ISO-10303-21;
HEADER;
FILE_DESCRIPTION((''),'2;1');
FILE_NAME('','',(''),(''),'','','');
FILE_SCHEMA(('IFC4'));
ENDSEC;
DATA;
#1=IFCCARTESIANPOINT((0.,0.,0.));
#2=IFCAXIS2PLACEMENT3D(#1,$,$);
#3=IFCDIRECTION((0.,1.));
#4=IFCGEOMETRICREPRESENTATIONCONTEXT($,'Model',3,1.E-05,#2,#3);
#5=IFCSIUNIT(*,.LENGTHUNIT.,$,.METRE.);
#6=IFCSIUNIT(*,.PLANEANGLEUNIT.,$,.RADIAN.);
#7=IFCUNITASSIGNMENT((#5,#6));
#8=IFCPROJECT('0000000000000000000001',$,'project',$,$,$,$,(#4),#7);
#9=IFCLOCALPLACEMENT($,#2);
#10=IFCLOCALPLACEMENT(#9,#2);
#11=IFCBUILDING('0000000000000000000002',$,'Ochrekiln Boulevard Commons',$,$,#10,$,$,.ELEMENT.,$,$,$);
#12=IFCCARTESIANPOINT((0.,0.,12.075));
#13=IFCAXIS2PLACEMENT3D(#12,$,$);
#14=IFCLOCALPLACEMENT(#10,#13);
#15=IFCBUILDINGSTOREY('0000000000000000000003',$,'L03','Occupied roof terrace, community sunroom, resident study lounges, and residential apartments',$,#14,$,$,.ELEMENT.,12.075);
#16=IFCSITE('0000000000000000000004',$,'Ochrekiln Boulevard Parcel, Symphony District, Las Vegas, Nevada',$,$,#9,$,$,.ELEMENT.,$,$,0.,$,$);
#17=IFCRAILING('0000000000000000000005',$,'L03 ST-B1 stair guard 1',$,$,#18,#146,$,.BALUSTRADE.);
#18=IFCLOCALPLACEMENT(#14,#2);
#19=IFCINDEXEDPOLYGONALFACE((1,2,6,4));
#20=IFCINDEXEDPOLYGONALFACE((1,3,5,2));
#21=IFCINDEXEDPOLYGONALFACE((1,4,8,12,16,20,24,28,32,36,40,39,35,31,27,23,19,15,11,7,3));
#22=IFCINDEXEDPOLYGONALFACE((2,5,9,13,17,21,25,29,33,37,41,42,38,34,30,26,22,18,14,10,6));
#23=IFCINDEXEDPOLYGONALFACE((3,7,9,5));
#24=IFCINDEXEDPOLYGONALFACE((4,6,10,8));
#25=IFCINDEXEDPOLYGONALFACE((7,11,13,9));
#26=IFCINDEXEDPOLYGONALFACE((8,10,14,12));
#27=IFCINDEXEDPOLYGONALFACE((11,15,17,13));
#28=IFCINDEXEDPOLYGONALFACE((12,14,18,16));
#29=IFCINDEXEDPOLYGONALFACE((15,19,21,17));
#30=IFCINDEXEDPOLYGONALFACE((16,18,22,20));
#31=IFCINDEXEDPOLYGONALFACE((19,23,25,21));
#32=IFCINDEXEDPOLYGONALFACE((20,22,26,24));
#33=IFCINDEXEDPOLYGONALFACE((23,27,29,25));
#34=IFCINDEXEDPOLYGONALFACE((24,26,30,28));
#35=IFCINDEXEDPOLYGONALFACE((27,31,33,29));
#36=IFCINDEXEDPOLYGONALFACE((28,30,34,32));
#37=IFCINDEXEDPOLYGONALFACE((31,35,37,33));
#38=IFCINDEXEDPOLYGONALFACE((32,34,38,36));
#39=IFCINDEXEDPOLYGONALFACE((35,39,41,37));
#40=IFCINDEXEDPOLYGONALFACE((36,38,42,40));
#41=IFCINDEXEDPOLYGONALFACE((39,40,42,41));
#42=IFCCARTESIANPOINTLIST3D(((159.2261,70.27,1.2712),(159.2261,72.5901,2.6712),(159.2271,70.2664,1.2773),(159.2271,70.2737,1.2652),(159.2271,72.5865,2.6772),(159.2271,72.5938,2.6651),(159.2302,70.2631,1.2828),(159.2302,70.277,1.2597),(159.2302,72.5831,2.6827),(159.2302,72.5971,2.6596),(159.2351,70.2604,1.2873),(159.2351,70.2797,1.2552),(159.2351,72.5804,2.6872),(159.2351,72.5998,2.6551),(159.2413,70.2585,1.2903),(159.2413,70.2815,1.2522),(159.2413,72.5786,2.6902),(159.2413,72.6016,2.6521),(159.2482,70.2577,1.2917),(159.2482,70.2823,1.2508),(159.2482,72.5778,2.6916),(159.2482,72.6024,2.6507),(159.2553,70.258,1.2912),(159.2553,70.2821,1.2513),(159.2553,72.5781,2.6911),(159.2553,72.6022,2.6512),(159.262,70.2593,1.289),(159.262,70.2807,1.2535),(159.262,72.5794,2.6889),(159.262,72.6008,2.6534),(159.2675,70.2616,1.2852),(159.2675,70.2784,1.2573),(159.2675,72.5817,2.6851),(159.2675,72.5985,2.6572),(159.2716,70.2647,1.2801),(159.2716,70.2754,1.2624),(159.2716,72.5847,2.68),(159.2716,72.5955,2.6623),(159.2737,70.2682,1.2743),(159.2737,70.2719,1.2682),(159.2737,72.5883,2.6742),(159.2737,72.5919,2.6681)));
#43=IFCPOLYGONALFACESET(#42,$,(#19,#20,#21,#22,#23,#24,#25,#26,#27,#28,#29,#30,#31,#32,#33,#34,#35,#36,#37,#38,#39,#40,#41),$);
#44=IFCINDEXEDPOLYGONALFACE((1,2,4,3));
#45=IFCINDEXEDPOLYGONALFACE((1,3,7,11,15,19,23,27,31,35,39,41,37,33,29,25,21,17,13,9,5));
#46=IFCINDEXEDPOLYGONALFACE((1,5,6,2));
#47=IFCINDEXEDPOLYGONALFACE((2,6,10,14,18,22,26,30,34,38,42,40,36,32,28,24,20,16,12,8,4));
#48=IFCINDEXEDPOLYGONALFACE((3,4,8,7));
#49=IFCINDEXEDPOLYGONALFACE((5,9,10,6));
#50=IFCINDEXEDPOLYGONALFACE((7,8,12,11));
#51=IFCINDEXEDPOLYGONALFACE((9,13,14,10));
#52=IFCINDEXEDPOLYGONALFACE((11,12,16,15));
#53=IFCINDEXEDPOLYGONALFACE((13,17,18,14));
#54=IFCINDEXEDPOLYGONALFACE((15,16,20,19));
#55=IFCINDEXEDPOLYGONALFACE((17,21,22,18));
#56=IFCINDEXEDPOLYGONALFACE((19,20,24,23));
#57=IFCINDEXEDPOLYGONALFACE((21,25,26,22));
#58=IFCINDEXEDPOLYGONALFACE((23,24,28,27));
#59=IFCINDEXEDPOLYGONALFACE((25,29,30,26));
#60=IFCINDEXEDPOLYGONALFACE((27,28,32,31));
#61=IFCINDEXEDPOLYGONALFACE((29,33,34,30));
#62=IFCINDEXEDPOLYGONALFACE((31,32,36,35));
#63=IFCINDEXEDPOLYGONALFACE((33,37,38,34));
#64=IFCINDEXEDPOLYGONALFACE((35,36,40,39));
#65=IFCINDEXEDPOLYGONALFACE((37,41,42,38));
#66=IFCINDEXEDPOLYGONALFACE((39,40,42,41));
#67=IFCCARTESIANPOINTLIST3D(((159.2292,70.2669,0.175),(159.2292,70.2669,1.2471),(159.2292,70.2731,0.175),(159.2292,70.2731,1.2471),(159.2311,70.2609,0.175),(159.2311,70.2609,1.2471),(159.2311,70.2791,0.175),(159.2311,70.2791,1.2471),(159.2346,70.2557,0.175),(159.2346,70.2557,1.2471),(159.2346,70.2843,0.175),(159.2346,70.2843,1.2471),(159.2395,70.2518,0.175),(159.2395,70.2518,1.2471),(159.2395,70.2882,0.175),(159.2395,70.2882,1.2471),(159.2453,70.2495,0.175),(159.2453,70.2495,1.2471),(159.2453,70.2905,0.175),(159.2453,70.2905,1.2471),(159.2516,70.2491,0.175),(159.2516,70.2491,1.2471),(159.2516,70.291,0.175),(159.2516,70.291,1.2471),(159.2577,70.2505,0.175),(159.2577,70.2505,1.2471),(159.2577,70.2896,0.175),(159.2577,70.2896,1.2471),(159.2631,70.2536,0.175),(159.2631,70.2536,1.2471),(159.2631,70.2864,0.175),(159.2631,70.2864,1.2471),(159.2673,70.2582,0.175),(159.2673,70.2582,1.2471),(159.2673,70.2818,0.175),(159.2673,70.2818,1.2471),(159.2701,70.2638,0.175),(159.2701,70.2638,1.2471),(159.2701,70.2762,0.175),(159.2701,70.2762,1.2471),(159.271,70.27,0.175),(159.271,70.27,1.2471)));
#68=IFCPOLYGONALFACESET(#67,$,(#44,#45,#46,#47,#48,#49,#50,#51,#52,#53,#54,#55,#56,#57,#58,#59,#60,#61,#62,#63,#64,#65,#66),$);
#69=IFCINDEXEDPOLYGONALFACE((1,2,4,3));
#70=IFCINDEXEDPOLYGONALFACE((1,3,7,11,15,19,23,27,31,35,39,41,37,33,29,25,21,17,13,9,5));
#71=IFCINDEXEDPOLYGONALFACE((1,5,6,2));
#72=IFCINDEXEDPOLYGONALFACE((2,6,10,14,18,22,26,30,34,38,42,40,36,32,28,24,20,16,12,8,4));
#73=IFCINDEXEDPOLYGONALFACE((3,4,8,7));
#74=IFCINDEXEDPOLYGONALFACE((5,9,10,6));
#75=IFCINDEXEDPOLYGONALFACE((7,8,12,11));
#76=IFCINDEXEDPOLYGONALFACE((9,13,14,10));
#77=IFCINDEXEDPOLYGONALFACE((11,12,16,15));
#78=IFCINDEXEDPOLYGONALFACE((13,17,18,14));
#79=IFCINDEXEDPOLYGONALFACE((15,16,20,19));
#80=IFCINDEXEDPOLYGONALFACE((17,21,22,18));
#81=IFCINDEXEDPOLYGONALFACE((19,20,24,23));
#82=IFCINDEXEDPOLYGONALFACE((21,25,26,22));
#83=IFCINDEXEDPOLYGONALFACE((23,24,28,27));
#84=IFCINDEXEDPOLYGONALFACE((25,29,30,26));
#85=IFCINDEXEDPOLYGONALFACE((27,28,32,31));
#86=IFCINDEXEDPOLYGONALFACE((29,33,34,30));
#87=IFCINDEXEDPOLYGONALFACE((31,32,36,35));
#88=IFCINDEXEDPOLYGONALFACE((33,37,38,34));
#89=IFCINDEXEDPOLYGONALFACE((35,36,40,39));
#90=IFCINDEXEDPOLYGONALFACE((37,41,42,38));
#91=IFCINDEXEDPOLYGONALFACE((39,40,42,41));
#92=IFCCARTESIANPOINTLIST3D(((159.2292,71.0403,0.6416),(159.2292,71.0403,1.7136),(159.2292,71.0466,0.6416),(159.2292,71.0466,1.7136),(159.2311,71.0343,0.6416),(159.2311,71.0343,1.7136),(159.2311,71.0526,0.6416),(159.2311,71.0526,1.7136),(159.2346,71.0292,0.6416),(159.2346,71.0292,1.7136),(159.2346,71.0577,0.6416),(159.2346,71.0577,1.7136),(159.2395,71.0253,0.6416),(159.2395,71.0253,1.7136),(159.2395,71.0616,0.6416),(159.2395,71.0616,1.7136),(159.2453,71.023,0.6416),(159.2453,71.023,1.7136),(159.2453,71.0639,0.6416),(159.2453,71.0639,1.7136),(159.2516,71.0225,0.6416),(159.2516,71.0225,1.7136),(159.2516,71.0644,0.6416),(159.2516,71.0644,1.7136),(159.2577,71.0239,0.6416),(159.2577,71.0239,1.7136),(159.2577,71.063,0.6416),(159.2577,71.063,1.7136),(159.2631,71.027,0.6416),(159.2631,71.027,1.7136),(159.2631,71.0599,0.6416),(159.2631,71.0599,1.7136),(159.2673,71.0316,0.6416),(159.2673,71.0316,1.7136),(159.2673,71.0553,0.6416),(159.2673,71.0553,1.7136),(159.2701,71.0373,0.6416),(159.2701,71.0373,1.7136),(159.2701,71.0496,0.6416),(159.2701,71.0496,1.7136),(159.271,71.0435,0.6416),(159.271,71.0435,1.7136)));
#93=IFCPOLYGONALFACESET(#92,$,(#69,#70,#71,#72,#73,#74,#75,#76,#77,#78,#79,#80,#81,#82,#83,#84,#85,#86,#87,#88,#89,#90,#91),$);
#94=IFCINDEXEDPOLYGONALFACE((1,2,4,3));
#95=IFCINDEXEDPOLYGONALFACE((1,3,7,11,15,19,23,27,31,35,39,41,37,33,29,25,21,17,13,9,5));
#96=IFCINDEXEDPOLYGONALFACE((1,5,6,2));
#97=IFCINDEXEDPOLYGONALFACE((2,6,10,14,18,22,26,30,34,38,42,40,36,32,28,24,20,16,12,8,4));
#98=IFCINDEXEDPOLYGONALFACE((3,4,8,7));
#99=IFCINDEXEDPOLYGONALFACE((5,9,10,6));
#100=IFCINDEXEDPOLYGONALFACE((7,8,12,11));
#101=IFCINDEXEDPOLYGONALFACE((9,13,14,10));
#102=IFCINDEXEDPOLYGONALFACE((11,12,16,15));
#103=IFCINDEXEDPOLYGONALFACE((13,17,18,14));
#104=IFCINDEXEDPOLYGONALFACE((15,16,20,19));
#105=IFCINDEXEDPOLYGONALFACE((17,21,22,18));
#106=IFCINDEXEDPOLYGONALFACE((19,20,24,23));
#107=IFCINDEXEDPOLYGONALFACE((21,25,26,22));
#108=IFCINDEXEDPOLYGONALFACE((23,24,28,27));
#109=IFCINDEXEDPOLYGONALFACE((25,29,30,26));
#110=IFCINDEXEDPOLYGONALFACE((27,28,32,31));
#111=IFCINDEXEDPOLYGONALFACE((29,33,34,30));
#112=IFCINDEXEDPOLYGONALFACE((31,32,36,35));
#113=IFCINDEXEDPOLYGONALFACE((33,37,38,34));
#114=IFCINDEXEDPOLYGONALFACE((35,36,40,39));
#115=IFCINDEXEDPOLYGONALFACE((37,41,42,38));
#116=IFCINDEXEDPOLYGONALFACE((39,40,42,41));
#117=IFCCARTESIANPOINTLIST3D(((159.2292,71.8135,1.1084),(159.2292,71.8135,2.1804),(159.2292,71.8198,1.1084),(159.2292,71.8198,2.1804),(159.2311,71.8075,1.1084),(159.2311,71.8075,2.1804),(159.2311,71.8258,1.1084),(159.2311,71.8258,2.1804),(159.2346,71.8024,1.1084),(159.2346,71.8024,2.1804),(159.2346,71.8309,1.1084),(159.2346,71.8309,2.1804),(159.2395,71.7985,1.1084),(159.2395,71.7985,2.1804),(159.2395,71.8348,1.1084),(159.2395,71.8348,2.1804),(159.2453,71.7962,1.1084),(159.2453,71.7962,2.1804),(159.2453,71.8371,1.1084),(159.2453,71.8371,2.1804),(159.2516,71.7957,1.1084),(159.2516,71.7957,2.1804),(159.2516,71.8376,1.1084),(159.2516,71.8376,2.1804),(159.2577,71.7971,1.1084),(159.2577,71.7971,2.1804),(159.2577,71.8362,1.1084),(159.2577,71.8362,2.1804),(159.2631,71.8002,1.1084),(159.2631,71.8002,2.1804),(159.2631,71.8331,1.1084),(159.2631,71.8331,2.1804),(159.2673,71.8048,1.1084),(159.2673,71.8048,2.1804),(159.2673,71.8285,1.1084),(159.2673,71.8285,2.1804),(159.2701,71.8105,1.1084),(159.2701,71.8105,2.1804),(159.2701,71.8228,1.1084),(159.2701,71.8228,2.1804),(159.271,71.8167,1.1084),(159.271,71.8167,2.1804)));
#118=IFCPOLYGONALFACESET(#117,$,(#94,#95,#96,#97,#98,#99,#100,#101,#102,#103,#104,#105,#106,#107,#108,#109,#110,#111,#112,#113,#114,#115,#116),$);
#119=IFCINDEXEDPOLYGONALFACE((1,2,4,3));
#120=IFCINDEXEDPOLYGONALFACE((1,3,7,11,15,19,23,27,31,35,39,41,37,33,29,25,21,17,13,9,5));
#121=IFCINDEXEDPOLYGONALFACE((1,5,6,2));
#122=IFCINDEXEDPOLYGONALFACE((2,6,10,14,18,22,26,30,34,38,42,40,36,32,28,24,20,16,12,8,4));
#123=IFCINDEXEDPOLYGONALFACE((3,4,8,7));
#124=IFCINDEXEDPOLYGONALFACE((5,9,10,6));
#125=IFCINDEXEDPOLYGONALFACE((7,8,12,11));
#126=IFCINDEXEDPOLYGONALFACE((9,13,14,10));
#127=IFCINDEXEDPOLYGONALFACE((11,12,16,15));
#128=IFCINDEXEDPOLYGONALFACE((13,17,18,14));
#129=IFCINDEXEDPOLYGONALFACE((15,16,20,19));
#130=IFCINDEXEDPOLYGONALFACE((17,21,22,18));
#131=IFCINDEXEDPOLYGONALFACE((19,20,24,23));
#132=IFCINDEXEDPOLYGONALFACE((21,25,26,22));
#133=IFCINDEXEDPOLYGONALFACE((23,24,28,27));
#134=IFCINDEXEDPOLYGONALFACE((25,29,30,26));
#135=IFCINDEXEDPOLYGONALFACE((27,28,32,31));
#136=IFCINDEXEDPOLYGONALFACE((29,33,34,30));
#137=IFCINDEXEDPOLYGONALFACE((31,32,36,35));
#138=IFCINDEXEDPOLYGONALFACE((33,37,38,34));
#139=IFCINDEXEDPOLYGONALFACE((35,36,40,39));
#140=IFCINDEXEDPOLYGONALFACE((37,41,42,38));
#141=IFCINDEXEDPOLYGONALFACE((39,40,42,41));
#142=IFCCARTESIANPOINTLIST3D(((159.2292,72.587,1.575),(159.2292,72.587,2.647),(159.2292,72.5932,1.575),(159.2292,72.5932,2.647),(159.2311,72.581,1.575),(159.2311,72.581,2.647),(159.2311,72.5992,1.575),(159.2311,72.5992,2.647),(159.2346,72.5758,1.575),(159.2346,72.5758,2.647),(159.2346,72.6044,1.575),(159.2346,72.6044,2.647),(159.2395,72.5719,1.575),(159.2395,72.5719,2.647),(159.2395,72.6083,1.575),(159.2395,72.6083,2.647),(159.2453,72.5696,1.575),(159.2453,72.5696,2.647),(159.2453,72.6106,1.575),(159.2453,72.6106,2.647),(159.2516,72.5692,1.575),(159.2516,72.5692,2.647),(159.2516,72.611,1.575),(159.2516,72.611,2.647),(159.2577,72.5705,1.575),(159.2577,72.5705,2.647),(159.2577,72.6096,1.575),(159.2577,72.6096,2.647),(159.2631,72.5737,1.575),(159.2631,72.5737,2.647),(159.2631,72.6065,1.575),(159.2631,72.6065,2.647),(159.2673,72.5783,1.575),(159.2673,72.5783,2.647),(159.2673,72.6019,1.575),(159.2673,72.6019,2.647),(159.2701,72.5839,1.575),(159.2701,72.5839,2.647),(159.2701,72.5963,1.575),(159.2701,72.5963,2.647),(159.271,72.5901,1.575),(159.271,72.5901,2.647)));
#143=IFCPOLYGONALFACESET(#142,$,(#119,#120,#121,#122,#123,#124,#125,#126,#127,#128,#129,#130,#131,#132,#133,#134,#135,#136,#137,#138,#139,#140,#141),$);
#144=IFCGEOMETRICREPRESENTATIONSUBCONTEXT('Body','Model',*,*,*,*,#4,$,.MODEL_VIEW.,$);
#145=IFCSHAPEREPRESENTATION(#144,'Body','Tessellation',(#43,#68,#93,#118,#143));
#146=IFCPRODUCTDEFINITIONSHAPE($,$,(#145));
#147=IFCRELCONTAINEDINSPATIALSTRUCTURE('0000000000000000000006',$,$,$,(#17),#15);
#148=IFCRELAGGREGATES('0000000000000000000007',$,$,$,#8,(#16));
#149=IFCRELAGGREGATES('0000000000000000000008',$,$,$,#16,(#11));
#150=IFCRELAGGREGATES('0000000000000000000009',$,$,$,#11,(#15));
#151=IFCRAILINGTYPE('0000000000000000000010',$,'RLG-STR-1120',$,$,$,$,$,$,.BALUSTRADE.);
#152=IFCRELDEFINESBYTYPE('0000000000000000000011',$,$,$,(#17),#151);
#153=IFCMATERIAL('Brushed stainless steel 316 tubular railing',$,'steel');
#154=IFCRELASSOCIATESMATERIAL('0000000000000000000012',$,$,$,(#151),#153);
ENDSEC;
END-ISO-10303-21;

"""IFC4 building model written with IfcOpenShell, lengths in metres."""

from ifc_helpers import new_model, si_unit, direction, frame, origin, origin_2d, place, context, subcontext, project, spatial, circle, extrude, material, type_object, element, save


model = new_model("IFC4")

# Units and contexts
model_context = context("Model", 3, precision=1e-05, world=origin(), true_north=direction((0.0, 1.0)))
body_context = subcontext(model_context, "Body", "Model", "MODEL_VIEW")
ifc_project = project(units=[si_unit("LENGTHUNIT", "METRE"), si_unit("PLANEANGLEUNIT", "RADIAN")], contexts=[model_context])

# Site, building, storey
site_placement = place(None, origin())
site = spatial("IfcSite", under=ifc_project, at=site_placement, Name="Ochrekiln Boulevard Parcel, Symphony District, Las Vegas, Nevada", CompositionType="ELEMENT", RefElevation=0.0)
building_placement = place(site_placement, origin())
building = spatial("IfcBuilding", under=site, at=building_placement, Name="Ochrekiln Boulevard Commons", CompositionType="ELEMENT")
storey_placement = place(building_placement, frame((0.0, 0.0, 12.075)))
storey = spatial("IfcBuildingStorey", under=building, at=storey_placement, Name="L03", Description="Occupied roof terrace, community sunroom, resident study lounges, and residential apartments", CompositionType="ELEMENT", Elevation=12.075)

# Railing
ifc_material_1 = material(Name="Brushed stainless steel 316 tubular railing", Category="steel")
railing_type_1 = type_object("IfcRailingType", Name="RLG-STR-1120", PredefinedType="BALUSTRADE", material=ifc_material_1)
railing_1_placement = place(storey_placement, frame((159.25, 70.27, 0.175)))
element("IfcRailing", 1, at=railing_1_placement, inside=storey, type_object=railing_type_1, Name="L03 ST-B1 stair guard 1", PredefinedType="BALUSTRADE", context=body_context, shape_type="SweptSolid", body=[
    extrude(circle(Radius=0.0239, at=origin_2d()), frame((0.0, 0.0, 1.0962), z_axis=(0.0, 0.85621, 0.516627), x_axis=(-1.0, 0.0, 0.0)), (0.0, 0.0, 1.0), 2.7097),
    extrude(circle(Radius=0.021, at=origin_2d()), origin(), (0.0, 0.0, 1.0), 1.072),
    extrude(circle(Radius=0.021, at=origin_2d()), frame((0.0, 0.7734, 0.4666)), (0.0, 0.0, 1.0), 1.072),
    extrude(circle(Radius=0.021, at=origin_2d()), frame((0.0, 1.5466, 0.9333)), (0.0, 0.0, 1.0), 1.072),
    extrude(circle(Radius=0.021, at=origin_2d()), frame((0.0, 2.3201, 1.3999)), (0.0, 0.0, 1.0), 1.072),
])

save(model, "model.ifc")
